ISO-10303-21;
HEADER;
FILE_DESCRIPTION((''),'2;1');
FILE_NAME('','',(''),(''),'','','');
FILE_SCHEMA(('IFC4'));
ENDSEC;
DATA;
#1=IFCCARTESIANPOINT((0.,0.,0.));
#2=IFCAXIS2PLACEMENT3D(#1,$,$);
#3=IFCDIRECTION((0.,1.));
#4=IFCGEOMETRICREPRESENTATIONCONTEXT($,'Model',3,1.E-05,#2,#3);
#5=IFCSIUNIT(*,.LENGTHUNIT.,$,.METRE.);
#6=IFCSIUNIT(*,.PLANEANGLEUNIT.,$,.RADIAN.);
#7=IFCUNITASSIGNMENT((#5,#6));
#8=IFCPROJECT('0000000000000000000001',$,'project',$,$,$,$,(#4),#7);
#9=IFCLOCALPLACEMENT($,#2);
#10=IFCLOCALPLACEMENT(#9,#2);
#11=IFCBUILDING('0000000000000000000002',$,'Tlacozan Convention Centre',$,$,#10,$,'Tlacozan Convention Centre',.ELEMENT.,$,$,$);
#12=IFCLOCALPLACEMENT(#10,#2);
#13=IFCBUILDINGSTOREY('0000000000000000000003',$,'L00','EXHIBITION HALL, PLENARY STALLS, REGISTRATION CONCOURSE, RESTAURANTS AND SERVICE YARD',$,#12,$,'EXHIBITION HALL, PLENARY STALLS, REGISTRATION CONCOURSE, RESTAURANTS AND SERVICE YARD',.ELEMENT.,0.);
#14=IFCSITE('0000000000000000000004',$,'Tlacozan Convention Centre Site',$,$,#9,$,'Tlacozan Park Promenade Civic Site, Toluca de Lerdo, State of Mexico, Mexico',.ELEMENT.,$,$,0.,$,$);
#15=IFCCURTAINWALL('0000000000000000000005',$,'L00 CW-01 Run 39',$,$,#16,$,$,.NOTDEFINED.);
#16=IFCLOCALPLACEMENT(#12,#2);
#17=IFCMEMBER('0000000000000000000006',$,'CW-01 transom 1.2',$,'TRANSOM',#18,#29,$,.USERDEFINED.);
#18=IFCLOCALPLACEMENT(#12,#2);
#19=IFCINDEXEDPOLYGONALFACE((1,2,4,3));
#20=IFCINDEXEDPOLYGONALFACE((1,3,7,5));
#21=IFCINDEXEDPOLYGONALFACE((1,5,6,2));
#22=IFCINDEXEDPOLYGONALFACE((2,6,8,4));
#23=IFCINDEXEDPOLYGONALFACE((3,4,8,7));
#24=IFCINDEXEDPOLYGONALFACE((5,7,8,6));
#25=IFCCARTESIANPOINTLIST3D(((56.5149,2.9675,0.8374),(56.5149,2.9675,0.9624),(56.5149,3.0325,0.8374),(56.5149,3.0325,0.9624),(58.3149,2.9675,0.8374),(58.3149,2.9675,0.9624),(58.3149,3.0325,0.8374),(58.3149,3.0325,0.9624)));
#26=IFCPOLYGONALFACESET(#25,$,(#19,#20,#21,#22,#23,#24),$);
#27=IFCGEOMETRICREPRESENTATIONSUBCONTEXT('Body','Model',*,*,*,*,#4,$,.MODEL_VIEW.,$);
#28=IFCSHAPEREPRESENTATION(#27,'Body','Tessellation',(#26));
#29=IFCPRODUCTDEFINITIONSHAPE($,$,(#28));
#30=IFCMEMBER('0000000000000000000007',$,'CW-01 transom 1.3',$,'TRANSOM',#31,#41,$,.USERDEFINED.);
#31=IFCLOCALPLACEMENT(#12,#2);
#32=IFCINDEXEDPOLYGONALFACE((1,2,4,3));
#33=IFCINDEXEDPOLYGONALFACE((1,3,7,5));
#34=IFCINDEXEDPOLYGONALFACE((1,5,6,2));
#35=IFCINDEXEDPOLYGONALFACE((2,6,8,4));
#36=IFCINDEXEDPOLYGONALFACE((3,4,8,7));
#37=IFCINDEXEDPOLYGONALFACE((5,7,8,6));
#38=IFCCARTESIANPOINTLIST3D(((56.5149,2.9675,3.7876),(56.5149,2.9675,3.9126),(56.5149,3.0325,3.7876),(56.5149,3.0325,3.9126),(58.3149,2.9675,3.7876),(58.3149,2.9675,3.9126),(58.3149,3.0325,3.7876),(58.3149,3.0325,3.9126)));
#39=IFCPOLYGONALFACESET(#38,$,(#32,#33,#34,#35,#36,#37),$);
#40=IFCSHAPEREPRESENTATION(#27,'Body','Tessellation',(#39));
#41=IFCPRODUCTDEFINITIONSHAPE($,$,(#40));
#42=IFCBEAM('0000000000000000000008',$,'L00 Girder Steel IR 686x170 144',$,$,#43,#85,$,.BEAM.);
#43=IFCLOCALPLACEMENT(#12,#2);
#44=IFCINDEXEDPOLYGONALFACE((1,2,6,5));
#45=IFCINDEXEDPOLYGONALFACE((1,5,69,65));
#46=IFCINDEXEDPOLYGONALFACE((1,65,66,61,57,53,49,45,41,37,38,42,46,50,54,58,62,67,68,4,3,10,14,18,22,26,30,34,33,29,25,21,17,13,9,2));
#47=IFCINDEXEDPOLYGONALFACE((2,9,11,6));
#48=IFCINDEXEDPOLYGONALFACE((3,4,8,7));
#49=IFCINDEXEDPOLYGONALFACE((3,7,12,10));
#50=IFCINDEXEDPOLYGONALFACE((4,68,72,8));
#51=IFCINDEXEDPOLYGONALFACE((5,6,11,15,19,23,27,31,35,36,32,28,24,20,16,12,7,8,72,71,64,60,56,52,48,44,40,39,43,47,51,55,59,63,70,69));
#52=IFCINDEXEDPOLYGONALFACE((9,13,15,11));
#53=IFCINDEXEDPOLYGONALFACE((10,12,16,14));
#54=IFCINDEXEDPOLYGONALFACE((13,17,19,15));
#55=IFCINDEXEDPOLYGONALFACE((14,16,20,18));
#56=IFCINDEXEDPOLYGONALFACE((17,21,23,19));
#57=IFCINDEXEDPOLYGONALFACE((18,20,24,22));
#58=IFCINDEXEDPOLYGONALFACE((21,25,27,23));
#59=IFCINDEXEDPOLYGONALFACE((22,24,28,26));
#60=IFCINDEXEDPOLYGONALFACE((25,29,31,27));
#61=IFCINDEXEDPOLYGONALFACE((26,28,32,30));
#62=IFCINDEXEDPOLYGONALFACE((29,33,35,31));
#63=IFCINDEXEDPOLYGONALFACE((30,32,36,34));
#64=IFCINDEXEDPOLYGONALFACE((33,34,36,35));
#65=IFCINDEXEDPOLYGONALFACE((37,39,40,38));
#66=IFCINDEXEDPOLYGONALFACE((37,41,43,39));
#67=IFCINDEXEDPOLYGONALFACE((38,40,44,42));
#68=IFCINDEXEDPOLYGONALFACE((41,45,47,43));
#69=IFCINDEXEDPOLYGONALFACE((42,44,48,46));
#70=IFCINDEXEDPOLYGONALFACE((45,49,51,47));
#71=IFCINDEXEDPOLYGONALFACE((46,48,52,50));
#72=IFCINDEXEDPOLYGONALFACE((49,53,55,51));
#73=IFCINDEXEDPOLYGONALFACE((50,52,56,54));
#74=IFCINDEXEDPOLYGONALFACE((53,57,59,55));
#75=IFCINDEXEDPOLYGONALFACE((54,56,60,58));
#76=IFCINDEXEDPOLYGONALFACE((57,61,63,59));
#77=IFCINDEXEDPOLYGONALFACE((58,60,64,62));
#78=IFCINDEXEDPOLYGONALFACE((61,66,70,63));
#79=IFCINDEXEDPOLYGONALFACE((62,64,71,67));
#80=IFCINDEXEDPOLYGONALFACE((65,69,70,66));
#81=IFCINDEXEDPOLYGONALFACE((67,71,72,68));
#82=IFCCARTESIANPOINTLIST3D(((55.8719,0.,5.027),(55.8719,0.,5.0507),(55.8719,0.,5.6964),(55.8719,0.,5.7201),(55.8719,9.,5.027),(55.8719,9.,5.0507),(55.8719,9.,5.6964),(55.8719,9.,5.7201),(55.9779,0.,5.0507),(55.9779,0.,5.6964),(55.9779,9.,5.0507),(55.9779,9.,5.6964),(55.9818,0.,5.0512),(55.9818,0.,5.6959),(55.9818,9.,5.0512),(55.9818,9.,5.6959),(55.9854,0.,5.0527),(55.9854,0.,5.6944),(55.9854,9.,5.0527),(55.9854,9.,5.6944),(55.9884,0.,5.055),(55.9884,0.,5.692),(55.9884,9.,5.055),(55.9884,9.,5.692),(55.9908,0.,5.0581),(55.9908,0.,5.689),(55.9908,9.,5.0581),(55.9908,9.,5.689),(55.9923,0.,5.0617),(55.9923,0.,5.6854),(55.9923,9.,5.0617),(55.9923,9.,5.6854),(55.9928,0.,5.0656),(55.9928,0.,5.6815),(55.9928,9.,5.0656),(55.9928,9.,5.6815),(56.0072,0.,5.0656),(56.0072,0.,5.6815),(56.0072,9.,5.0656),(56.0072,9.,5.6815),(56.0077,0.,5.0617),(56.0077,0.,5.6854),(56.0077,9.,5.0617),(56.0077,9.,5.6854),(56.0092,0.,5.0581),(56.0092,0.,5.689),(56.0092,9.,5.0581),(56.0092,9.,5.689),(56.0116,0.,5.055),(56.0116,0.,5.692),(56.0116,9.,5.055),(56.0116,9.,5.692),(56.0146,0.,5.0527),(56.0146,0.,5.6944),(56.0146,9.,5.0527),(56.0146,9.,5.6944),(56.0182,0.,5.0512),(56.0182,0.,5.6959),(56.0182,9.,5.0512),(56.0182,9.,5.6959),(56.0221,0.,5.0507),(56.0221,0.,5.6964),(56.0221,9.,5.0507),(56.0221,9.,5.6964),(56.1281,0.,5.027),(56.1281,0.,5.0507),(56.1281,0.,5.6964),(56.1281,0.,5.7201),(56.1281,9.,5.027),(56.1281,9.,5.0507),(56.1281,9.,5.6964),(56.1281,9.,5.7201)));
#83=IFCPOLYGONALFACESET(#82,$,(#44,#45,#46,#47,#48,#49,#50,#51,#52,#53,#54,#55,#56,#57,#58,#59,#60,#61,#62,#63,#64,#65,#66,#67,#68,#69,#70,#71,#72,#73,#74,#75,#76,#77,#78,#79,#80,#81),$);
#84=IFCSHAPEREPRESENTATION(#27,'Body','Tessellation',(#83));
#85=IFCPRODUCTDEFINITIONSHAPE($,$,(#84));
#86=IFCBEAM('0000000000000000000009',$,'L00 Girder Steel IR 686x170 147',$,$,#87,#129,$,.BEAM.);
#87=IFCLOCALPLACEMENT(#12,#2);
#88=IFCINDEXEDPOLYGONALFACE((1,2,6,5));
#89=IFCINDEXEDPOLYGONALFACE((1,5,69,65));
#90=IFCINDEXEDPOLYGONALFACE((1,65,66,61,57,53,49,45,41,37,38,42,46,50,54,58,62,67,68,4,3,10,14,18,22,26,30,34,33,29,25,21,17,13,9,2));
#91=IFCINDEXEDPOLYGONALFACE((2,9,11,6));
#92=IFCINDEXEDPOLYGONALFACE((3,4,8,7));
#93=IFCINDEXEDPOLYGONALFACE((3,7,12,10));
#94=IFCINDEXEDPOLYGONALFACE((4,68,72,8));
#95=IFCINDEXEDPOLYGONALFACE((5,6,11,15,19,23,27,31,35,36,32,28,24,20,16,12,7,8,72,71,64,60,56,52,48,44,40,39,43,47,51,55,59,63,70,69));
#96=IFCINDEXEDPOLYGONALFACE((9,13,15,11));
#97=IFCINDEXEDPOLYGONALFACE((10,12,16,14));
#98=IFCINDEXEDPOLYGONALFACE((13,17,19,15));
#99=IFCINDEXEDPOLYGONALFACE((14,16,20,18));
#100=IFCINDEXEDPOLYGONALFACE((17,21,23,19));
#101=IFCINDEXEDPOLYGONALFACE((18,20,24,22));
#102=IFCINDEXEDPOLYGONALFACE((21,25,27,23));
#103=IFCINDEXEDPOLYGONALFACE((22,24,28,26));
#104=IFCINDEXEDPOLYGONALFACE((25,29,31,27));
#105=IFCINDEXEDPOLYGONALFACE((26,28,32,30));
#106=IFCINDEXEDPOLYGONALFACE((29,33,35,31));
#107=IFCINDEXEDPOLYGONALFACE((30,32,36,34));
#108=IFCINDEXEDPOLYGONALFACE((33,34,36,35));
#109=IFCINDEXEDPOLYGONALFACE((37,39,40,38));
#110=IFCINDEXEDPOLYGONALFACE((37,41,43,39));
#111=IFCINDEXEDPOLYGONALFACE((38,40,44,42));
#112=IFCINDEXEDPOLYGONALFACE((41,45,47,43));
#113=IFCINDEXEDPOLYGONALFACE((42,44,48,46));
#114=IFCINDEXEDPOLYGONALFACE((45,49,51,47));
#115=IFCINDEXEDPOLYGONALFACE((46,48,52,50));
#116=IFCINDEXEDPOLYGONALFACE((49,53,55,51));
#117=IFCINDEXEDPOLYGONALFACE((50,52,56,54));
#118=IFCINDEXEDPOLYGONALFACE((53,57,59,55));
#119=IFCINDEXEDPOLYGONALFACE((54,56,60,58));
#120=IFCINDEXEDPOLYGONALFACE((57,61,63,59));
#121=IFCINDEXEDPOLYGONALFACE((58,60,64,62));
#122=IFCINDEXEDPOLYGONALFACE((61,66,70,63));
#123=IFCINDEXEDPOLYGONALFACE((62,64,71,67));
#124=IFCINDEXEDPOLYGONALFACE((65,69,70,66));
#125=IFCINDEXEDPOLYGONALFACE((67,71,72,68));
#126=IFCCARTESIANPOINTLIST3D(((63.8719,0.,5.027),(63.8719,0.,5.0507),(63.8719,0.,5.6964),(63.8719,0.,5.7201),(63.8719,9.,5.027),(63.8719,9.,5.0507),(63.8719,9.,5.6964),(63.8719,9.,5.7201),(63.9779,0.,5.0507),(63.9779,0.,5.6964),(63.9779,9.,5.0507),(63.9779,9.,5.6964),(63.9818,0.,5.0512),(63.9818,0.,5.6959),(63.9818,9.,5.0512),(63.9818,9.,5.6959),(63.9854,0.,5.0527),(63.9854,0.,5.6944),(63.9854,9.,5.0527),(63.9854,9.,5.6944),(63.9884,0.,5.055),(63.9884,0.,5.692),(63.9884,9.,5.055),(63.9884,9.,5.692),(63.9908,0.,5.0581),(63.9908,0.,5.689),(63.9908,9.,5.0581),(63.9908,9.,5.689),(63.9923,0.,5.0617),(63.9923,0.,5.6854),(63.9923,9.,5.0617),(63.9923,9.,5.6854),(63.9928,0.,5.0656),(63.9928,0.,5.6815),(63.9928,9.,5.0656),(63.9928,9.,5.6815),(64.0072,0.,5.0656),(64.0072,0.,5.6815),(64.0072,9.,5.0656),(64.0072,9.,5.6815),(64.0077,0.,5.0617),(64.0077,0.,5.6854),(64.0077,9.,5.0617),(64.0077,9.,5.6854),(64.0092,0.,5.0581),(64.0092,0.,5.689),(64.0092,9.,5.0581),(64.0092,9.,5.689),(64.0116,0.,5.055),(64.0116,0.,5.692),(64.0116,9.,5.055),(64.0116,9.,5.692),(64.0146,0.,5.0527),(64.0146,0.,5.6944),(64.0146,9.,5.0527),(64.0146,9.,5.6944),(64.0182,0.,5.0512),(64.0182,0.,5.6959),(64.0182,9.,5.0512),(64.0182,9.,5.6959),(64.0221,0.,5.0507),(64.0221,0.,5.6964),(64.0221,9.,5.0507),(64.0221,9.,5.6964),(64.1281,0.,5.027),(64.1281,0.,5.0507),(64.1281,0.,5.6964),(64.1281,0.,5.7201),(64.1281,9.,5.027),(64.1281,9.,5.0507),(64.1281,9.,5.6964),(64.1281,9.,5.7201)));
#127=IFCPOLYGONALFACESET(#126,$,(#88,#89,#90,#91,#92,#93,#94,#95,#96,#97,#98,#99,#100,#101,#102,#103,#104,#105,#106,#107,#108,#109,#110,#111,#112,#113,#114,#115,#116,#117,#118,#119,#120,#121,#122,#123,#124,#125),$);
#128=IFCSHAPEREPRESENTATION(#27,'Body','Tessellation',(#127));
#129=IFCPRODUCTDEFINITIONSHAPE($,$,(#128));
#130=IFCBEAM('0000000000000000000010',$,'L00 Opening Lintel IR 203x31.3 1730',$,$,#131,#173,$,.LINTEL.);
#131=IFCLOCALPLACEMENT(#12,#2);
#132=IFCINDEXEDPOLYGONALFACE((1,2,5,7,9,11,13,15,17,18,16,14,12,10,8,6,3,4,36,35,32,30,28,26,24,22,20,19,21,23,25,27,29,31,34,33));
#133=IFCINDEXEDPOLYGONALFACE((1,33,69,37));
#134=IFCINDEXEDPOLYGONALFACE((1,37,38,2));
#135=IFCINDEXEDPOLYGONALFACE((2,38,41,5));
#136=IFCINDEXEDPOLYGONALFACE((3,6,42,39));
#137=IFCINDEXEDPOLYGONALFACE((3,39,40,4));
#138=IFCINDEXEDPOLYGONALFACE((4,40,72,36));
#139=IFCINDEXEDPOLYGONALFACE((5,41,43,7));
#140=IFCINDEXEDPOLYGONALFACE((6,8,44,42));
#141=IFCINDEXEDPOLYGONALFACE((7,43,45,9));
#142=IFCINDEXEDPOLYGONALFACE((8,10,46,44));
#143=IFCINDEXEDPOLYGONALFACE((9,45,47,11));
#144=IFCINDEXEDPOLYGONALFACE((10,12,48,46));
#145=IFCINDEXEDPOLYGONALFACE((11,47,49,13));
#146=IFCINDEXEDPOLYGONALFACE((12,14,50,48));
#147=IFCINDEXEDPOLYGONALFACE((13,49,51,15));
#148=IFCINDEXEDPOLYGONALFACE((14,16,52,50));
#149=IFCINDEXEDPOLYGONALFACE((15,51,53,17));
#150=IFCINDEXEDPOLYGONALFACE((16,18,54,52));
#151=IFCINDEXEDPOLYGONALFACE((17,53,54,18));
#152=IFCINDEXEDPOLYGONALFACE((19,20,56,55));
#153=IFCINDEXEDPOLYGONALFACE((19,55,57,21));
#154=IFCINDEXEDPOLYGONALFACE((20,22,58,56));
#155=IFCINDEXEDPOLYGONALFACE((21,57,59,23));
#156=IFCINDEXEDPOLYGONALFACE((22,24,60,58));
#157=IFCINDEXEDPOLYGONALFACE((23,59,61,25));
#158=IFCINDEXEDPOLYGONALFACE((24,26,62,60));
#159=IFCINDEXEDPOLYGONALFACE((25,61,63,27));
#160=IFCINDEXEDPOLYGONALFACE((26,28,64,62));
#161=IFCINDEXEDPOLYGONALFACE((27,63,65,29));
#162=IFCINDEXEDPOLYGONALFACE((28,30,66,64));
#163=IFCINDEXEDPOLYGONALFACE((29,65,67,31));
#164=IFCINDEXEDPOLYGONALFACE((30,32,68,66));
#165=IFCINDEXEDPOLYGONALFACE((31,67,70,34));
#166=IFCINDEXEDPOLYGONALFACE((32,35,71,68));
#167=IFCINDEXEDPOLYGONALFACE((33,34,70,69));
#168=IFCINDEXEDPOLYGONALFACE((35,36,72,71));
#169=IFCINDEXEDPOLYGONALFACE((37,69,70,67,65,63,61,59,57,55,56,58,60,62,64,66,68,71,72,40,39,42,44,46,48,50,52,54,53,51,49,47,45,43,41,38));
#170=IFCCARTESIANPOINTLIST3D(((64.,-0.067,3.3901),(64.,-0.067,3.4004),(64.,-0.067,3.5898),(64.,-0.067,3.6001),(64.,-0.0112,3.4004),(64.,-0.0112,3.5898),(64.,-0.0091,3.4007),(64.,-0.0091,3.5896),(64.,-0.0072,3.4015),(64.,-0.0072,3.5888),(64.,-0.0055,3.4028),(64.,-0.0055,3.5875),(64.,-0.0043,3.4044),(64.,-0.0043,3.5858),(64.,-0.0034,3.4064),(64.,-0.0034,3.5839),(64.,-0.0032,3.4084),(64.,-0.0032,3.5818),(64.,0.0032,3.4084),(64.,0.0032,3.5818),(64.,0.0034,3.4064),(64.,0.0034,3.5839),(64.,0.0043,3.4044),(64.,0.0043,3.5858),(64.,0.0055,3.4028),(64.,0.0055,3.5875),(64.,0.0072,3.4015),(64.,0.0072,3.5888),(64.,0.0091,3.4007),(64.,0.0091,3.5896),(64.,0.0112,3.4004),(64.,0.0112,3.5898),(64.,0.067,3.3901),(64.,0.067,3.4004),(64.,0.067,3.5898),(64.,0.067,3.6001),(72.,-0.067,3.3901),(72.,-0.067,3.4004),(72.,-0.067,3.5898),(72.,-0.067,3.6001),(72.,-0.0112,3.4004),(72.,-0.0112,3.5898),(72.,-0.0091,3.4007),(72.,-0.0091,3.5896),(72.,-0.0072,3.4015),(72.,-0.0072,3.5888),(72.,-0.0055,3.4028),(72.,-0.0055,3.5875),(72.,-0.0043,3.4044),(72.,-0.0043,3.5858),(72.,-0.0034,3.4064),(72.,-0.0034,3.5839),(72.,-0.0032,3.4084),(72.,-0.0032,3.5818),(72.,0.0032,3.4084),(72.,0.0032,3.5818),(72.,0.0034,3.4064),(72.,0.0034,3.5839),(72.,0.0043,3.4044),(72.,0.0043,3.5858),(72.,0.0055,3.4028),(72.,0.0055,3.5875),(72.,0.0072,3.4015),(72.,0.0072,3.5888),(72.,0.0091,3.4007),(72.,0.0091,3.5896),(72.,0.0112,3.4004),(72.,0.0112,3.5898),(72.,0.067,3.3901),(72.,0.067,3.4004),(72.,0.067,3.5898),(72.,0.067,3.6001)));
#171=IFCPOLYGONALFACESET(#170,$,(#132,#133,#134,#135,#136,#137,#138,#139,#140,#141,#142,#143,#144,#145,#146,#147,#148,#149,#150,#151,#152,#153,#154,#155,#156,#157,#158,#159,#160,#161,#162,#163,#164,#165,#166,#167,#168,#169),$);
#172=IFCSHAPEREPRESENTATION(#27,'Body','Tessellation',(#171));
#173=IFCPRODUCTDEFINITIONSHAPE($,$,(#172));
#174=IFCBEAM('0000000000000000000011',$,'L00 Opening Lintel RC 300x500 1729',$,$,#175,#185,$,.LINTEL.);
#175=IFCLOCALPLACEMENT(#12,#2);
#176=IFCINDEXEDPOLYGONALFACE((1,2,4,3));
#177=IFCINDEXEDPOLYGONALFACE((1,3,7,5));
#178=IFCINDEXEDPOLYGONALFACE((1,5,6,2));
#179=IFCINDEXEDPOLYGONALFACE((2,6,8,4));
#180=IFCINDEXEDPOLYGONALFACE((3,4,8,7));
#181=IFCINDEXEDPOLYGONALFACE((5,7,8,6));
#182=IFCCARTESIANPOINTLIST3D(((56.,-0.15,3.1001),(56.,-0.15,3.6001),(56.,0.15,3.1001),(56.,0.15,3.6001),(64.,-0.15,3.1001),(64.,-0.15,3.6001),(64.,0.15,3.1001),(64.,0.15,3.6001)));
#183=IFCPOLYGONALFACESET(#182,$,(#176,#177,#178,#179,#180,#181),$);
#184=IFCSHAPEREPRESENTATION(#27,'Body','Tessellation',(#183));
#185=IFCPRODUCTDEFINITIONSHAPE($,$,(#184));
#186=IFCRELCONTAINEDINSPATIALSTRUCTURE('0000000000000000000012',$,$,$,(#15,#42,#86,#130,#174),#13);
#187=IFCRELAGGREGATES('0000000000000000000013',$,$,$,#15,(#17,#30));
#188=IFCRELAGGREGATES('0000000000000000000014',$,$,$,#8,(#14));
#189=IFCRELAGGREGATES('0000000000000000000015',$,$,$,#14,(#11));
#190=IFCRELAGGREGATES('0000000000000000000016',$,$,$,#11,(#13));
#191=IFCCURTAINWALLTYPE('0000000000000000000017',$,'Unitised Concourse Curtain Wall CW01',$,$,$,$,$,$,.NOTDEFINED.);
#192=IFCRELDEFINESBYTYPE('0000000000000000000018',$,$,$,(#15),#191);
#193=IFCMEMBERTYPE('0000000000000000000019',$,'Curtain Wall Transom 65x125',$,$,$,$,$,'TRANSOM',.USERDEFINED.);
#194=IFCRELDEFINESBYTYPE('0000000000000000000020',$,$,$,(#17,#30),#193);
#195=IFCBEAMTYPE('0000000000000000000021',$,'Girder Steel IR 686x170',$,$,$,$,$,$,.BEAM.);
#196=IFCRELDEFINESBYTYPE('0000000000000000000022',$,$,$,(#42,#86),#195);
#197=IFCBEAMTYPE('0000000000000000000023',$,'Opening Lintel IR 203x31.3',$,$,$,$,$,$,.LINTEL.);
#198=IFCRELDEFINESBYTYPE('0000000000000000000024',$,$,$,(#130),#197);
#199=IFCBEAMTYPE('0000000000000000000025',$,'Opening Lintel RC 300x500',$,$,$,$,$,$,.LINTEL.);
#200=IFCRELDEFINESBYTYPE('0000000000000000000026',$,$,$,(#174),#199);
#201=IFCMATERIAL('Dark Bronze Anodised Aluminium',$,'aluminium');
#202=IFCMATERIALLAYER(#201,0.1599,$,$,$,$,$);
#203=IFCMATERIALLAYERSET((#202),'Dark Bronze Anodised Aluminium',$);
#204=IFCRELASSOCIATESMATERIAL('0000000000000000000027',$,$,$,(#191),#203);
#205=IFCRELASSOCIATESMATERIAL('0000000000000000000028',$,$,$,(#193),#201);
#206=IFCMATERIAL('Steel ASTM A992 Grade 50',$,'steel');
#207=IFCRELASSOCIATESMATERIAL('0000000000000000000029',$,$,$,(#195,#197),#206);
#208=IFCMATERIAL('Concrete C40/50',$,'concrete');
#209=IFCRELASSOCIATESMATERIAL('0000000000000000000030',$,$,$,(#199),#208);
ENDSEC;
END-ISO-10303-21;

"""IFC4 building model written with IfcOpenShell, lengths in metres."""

from ifc_helpers import new_model, si_unit, direction, frame, origin, origin_2d, place, context, subcontext, project, spatial, rectangle, i_section, extrude, material, layer, layer_set, material_profile, profile_set, type_object, element, aggregate, save


model = new_model("IFC4")

# Units and contexts
model_context = context("Model", 3, precision=1e-05, world=origin(), true_north=direction((0.0, 1.0)))
body_context = subcontext(model_context, "Body", "Model", "MODEL_VIEW")
ifc_project = project(units=[si_unit("LENGTHUNIT", "METRE"), si_unit("PLANEANGLEUNIT", "RADIAN")], contexts=[model_context])

# Site, building, storey
site_placement = place(None, origin())
site = spatial("IfcSite", under=ifc_project, at=site_placement, Name="Tlacozan Convention Centre Site", LongName="Tlacozan Park Promenade Civic Site, Toluca de Lerdo, State of Mexico, Mexico", CompositionType="ELEMENT", RefElevation=0.0)
building_placement = place(site_placement, origin())
building = spatial("IfcBuilding", under=site, at=building_placement, Name="Tlacozan Convention Centre", LongName="Tlacozan Convention Centre", CompositionType="ELEMENT")
storey_placement = place(building_placement, origin())
storey = spatial("IfcBuildingStorey", under=building, at=storey_placement, Name="L00", Description="EXHIBITION HALL, PLENARY STALLS, REGISTRATION CONCOURSE, RESTAURANTS AND SERVICE YARD", LongName="EXHIBITION HALL, PLENARY STALLS, REGISTRATION CONCOURSE, RESTAURANTS AND SERVICE YARD", CompositionType="ELEMENT", Elevation=0.0)

# Shared definitions
ifc_material_1 = material(Name="Concrete C40/50", Category="concrete")

# Shared definitions
ifc_material_2 = material(Name="Dark Bronze Anodised Aluminium", Category="aluminium")
ifc_layer_1 = layer(ifc_material_2, 0.1599)
ifc_layer_set_1 = layer_set([ifc_layer_1], Name="Dark Bronze Anodised Aluminium")
curtain_wall_type = type_object("IfcCurtainWallType", Name="Unitised Concourse Curtain Wall CW01", PredefinedType="NOTDEFINED", material=ifc_layer_set_1)

# Curtain wall
curtain_wall_1_placement = place(storey_placement, origin())
curtain_wall_1 = element("IfcCurtainWall", 1, at=curtain_wall_1_placement, inside=storey, type_object=curtain_wall_type, Name="L00 CW-01 Run 39", PredefinedType="NOTDEFINED")

# Members
ifc_material_profile_1 = material_profile(ifc_material_2, rectangle(XDim=0.0649, YDim=0.125, at=origin_2d()), Name="ALU 65x125")
ifc_profile_set_1 = profile_set([ifc_material_profile_1], Name="Dark Bronze Anodised Aluminium")
member_type_1 = type_object("IfcMemberType", Name="Curtain Wall Transom 65x125", ElementType="TRANSOM", PredefinedType="USERDEFINED", material=ifc_profile_set_1)
member_1_placement = place(storey_placement, frame((56.5149, 3.0, 0.8999), z_axis=(1.0, 0.0, 0.0), x_axis=(0.0, 1.0, 0.0)))
member_1 = element("IfcMember", 2, at=member_1_placement, type_object=member_type_1, Name="CW-01 transom 1.2", ObjectType="TRANSOM", PredefinedType="USERDEFINED", context=body_context, shape_type="SweptSolid", body=[
    extrude(rectangle(XDim=0.0649, YDim=0.125, at=origin_2d()), origin(), (0.0, 0.0, 1.0), 1.8),
])
member_2_placement = place(storey_placement, frame((56.5149, 3.0, 3.8501), z_axis=(1.0, 0.0, 0.0), x_axis=(0.0, 1.0, 0.0)))
member_2 = element("IfcMember", 3, at=member_2_placement, type_object=member_type_1, Name="CW-01 transom 1.3", ObjectType="TRANSOM", PredefinedType="USERDEFINED", context=body_context, shape_type="SweptSolid", body=[
    extrude(rectangle(XDim=0.0649, YDim=0.125, at=origin_2d()), origin(), (0.0, 0.0, 1.0), 1.8),
])
aggregate(curtain_wall_1, [member_1, member_2])

# Beams
ifc_material_3 = material(Name="Steel ASTM A992 Grade 50", Category="steel")
ifc_material_profile_2 = material_profile(ifc_material_3, i_section(OverallWidth=0.2561, OverallDepth=0.6931, WebThickness=0.0144, FlangeThickness=0.0237, FilletRadius=0.0149, at=origin_2d()), Name="IR 686x170.0")
ifc_profile_set_2 = profile_set([ifc_material_profile_2], Name="Steel ASTM A992 Grade 50")
beam_type_1 = type_object("IfcBeamType", Name="Girder Steel IR 686x170", PredefinedType="BEAM", material=ifc_profile_set_2)
for number, where, z_axis, x_axis, name in (
    (4, (56.0, 0.0, 5.3735), (0.0, 1.0, 0.0), (-1.0, 0.0, 0.0), "L00 Girder Steel IR 686x170 144"),
    (5, (64.0, 0.0, 5.3735), (0.0, 1.0, 0.0), (-1.0, 0.0, 0.0), "L00 Girder Steel IR 686x170 147"),
):
    element("IfcBeam", number, at=place(storey_placement, frame(where, z_axis=z_axis, x_axis=x_axis)), inside=storey, type_object=beam_type_1, Name=name, PredefinedType="BEAM", context=body_context, shape_type="SweptSolid", body=[
        extrude(i_section(OverallWidth=0.2561, OverallDepth=0.6931, WebThickness=0.0144, FlangeThickness=0.0237, FilletRadius=0.0149, at=origin_2d()), origin(), (0.0, 0.0, 1.0), 9.0),
    ])
ifc_material_profile_3 = material_profile(ifc_material_3, i_section(OverallWidth=0.134, OverallDepth=0.21, WebThickness=0.0063, FlangeThickness=0.0103, FilletRadius=0.0081, at=origin_2d()), Name="IR 203x31.3")
ifc_profile_set_3 = profile_set([ifc_material_profile_3], Name="Steel ASTM A992 Grade 50")
beam_type_2 = type_object("IfcBeamType", Name="Opening Lintel IR 203x31.3", PredefinedType="LINTEL", material=ifc_profile_set_3)
beam_1_placement = place(storey_placement, frame((64.0, 0.0, 3.4951), z_axis=(1.0, 0.0, 0.0), x_axis=(0.0, 1.0, 0.0)))
element("IfcBeam", 6, at=beam_1_placement, inside=storey, type_object=beam_type_2, Name="L00 Opening Lintel IR 203x31.3 1730", PredefinedType="LINTEL", context=body_context, shape_type="SweptSolid", body=[
    extrude(i_section(OverallWidth=0.134, OverallDepth=0.21, WebThickness=0.0063, FlangeThickness=0.0103, FilletRadius=0.0081, at=origin_2d()), origin(), (0.0, 0.0, 1.0), 8.0),
])
ifc_material_profile_4 = material_profile(ifc_material_1, rectangle(XDim=0.3, YDim=0.5, at=origin_2d()), Name="RC 300x500")
ifc_profile_set_4 = profile_set([ifc_material_profile_4], Name="Concrete C40/50")
beam_type_3 = type_object("IfcBeamType", Name="Opening Lintel RC 300x500", PredefinedType="LINTEL", material=ifc_profile_set_4)
beam_2_placement = place(storey_placement, frame((56.0, 0.0, 3.3501), z_axis=(1.0, 0.0, 0.0), x_axis=(0.0, 1.0, 0.0)))
element("IfcBeam", 7, at=beam_2_placement, inside=storey, type_object=beam_type_3, Name="L00 Opening Lintel RC 300x500 1729", PredefinedType="LINTEL", context=body_context, shape_type="SweptSolid", body=[
    extrude(rectangle(XDim=0.3, YDim=0.5, at=origin_2d()), origin(), (0.0, 0.0, 1.0), 8.0),
])

save(model, "model.ifc")
